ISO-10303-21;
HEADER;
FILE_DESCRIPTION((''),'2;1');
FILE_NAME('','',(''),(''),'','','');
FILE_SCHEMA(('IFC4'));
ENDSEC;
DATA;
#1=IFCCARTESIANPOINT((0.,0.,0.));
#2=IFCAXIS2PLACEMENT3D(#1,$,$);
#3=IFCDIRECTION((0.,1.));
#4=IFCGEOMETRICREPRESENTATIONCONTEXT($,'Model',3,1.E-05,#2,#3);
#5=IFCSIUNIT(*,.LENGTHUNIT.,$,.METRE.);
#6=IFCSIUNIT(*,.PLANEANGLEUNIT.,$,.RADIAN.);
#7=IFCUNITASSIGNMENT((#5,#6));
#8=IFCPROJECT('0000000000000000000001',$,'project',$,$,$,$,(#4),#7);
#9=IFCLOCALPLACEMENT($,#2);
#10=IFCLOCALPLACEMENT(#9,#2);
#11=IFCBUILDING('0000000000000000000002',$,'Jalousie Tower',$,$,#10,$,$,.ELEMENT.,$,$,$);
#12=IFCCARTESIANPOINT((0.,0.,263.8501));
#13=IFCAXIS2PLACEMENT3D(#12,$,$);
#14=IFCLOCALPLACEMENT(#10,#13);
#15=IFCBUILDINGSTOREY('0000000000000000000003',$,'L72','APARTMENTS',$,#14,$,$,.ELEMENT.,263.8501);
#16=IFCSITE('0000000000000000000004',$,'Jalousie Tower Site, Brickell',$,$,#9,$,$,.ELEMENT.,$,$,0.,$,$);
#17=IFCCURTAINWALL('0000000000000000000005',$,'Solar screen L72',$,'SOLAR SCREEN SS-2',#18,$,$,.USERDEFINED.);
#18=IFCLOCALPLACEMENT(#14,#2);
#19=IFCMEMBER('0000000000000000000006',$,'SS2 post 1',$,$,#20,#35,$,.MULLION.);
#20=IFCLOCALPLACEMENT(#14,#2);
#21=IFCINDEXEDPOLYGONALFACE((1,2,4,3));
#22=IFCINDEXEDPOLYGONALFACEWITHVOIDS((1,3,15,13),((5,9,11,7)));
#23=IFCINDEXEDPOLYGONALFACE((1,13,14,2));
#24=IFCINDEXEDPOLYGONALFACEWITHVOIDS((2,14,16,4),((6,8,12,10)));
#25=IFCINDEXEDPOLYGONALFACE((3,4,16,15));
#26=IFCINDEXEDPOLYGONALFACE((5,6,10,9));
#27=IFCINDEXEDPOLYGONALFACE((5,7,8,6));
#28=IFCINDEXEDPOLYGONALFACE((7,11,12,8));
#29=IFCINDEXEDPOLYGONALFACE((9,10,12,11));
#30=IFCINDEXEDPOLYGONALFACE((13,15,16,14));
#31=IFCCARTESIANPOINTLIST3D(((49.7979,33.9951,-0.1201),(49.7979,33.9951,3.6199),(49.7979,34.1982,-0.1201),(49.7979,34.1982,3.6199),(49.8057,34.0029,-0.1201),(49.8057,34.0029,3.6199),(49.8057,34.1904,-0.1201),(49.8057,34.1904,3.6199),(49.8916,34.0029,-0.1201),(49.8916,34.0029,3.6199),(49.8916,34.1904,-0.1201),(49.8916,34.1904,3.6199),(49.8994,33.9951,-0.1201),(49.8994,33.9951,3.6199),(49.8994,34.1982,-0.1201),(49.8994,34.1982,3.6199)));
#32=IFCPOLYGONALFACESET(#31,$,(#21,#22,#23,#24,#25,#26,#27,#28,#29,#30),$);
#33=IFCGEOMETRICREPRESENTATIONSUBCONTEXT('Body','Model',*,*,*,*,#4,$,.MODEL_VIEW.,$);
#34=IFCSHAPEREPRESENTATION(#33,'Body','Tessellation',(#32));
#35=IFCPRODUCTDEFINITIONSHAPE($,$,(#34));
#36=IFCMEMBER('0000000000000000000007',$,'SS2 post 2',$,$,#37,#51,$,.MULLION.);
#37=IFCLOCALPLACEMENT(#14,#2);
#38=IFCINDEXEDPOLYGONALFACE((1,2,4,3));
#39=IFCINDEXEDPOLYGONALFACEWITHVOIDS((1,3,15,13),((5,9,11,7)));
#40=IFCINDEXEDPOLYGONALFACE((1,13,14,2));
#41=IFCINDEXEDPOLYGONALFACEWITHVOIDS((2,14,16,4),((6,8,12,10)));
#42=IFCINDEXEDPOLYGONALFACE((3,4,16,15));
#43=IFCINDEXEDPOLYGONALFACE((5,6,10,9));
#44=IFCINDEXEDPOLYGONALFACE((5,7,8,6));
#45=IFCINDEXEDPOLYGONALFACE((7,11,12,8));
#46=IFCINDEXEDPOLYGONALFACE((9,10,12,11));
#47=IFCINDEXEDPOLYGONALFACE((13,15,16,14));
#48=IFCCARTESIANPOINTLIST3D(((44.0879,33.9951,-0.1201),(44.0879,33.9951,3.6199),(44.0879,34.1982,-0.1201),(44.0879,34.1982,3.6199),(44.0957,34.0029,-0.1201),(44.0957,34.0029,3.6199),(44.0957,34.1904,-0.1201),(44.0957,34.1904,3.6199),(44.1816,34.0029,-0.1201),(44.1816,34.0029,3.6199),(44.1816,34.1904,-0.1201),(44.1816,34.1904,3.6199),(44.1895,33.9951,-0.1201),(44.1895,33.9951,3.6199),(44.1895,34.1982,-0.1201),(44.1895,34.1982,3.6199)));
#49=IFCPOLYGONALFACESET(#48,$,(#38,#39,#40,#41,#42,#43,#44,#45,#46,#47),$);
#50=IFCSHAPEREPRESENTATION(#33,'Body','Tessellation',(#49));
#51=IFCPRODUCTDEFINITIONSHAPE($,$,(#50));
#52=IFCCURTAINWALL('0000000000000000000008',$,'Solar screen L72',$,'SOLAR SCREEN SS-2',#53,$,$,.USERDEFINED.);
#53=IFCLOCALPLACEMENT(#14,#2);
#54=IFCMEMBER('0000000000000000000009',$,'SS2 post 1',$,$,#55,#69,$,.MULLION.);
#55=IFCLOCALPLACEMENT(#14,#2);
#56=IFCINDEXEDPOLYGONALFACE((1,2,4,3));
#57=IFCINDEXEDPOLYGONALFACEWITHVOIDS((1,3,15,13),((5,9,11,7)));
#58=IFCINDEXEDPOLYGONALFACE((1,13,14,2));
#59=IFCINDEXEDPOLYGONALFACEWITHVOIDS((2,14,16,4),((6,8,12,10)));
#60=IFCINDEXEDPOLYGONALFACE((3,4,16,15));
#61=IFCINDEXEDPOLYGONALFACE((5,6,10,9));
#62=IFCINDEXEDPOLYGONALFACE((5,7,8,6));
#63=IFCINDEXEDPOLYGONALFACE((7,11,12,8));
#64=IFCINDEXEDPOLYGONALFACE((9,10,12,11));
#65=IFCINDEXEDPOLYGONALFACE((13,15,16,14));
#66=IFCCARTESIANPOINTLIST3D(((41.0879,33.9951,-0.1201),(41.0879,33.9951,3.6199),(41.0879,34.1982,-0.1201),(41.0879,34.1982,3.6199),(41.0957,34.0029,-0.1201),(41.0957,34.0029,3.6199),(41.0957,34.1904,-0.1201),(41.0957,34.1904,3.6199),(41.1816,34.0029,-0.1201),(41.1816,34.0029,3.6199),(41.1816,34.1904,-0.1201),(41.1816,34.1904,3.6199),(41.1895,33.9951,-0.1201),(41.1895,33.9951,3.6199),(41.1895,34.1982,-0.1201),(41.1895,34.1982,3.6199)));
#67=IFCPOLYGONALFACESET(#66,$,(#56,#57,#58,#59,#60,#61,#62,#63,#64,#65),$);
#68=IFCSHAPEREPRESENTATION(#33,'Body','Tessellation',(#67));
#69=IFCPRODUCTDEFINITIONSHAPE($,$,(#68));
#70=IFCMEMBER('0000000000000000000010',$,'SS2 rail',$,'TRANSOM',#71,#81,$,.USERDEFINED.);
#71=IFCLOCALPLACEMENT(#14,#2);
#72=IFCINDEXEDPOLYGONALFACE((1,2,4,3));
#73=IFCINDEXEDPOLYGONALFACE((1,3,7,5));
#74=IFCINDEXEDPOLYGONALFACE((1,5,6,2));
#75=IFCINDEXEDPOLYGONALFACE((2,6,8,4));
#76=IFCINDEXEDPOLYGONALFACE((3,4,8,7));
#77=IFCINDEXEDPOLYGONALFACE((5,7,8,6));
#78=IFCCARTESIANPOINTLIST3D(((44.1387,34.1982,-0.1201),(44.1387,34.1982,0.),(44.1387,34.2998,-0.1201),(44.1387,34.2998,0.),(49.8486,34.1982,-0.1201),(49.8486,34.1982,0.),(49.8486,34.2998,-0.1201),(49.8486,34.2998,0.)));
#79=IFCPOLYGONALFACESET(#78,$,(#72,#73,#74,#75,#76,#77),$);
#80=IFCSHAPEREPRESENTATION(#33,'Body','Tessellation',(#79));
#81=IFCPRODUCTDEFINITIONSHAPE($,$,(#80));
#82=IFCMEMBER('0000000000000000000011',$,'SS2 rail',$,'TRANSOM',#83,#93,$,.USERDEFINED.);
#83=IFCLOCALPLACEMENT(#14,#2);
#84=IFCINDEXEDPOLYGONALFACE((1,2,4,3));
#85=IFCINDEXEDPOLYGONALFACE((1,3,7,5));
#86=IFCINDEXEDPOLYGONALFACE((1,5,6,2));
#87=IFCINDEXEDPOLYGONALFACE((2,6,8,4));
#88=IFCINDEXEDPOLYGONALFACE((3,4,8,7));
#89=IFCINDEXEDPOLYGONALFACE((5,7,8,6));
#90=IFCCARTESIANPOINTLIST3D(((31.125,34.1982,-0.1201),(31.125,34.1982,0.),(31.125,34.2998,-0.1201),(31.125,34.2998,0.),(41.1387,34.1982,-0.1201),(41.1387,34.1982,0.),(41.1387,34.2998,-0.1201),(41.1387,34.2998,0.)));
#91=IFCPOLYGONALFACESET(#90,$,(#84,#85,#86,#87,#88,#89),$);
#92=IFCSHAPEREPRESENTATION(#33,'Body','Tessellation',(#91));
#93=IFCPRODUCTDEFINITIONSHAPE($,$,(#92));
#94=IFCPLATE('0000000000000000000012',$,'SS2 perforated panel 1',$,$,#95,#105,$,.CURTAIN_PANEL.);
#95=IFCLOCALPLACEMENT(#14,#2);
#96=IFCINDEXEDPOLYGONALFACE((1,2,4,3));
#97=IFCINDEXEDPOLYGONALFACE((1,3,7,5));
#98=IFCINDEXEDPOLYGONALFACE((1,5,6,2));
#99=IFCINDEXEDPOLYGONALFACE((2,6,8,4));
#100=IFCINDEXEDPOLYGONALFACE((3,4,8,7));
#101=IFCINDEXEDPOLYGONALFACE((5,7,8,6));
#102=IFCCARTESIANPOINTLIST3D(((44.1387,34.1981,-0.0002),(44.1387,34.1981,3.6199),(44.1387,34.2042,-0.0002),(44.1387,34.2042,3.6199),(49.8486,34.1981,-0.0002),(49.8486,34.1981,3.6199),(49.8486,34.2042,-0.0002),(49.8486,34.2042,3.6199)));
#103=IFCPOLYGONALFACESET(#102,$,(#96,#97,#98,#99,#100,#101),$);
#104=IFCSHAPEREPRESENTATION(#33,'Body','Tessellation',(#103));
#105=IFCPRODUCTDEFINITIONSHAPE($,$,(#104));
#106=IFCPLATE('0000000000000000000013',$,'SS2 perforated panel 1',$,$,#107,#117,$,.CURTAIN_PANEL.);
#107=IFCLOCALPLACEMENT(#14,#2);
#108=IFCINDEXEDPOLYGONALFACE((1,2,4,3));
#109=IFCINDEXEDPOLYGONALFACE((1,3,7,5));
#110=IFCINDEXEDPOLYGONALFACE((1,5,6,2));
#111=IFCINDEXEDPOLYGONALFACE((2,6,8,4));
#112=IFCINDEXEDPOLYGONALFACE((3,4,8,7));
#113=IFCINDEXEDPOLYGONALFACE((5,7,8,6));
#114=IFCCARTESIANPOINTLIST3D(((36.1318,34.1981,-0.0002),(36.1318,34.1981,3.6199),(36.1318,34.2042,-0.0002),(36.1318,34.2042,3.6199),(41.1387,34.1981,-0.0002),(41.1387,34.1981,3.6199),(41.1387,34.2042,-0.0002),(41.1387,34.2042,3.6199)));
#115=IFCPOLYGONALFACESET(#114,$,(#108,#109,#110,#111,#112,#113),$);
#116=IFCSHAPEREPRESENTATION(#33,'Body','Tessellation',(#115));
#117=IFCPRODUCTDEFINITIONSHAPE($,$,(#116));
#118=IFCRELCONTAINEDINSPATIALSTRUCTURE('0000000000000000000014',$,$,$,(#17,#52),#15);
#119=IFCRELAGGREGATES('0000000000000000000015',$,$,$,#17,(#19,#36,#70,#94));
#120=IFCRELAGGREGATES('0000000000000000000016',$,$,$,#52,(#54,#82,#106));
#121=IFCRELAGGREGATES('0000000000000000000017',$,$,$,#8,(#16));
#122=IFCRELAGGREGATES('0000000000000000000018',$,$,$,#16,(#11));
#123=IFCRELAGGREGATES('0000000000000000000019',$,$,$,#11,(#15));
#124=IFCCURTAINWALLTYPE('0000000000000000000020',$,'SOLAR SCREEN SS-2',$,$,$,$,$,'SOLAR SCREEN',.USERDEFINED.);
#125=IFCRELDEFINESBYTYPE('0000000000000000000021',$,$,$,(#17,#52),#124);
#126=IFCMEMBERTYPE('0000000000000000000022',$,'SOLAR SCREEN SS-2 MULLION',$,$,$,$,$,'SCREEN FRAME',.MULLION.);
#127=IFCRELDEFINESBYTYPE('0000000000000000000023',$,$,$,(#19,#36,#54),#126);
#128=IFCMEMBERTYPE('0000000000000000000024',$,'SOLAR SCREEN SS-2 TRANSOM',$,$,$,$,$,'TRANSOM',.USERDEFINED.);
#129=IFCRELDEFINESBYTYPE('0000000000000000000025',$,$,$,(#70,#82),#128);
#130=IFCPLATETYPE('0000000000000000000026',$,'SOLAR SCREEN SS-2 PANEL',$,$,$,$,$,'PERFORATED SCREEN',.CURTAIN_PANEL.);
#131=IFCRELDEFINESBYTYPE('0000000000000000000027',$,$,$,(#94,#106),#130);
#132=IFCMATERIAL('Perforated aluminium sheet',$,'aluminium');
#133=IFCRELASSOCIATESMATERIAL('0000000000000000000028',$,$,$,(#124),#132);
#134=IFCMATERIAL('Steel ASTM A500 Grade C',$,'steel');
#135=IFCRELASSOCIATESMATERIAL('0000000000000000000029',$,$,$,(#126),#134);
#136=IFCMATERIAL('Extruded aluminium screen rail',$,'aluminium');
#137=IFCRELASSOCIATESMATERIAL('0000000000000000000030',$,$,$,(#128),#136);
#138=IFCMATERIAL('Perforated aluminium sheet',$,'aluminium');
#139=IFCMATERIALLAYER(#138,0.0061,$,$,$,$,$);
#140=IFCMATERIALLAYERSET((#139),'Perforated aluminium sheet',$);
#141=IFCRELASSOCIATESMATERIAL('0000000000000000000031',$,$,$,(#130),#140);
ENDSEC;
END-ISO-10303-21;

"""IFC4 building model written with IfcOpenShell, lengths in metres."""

from ifc_helpers import new_model, si_unit, direction, frame, origin, origin_2d, place, context, subcontext, project, spatial, rectangle, hollow_rectangle, extrude, material, layer, layer_set, material_profile, profile_set, type_object, element, aggregate, save


model = new_model("IFC4")

# Units and contexts
model_context = context("Model", 3, precision=1e-05, world=origin(), true_north=direction((0.0, 1.0)))
body_context = subcontext(model_context, "Body", "Model", "MODEL_VIEW")
ifc_project = project(units=[si_unit("LENGTHUNIT", "METRE"), si_unit("PLANEANGLEUNIT", "RADIAN")], contexts=[model_context])

# Site, building, storey
site_placement = place(None, origin())
site = spatial("IfcSite", under=ifc_project, at=site_placement, Name="Jalousie Tower Site, Brickell", CompositionType="ELEMENT", RefElevation=0.0)
building_placement = place(site_placement, origin())
building = spatial("IfcBuilding", under=site, at=building_placement, Name="Jalousie Tower", CompositionType="ELEMENT")
storey_placement = place(building_placement, frame((0.0, 0.0, 263.8501)))
storey = spatial("IfcBuildingStorey", under=building, at=storey_placement, Name="L72", Description="APARTMENTS", CompositionType="ELEMENT", Elevation=263.8501)

# Curtain wall, members
ifc_material_1 = material(Name="Perforated aluminium sheet", Category="aluminium")
curtain_wall_type_1 = type_object("IfcCurtainWallType", Name="SOLAR SCREEN SS-2", ElementType="SOLAR SCREEN", PredefinedType="USERDEFINED", material=ifc_material_1)
curtain_wall_1_placement = place(storey_placement, origin())
curtain_wall_1 = element("IfcCurtainWall", 1, at=curtain_wall_1_placement, inside=storey, type_object=curtain_wall_type_1, Name="Solar screen L72", ObjectType="SOLAR SCREEN SS-2", PredefinedType="USERDEFINED")
ifc_material_2 = material(Name="Steel ASTM A500 Grade C", Category="steel")
ifc_material_profile_1 = material_profile(ifc_material_2, hollow_rectangle(XDim=0.1016, YDim=0.2031, WallThickness=0.0078, at=origin_2d()), Name="HSS8X4X5/16")
ifc_profile_set_1 = profile_set([ifc_material_profile_1], Name="Steel ASTM A500 Grade C")
member_type_1 = type_object("IfcMemberType", Name="SOLAR SCREEN SS-2 MULLION", ElementType="SCREEN FRAME", PredefinedType="MULLION", material=ifc_profile_set_1)
member_1_placement = place(storey_placement, frame((49.8486, 34.0967, -0.1201), z_axis=(0.0, 0.0, 1.0), x_axis=(-1.0, 0.0, 0.0)))
member_1 = element("IfcMember", 2, at=member_1_placement, type_object=member_type_1, Name="SS2 post 1", PredefinedType="MULLION", context=body_context, shape_type="SweptSolid", body=[
    extrude(hollow_rectangle(XDim=0.1016, YDim=0.2031, WallThickness=0.0078, at=origin_2d()), origin(), (0.0, 0.0, 1.0), 3.74),
])
member_2_placement = place(storey_placement, frame((44.1387, 34.0967, -0.1201), z_axis=(0.0, 0.0, 1.0), x_axis=(-1.0, 0.0, 0.0)))
member_2 = element("IfcMember", 3, at=member_2_placement, type_object=member_type_1, Name="SS2 post 2", PredefinedType="MULLION", context=body_context, shape_type="SweptSolid", body=[
    extrude(hollow_rectangle(XDim=0.1016, YDim=0.2031, WallThickness=0.0078, at=origin_2d()), origin(), (0.0, 0.0, 1.0), 3.74),
])

# Curtain wall, member
curtain_wall_2_placement = place(storey_placement, origin())
curtain_wall_2 = element("IfcCurtainWall", 4, at=curtain_wall_2_placement, inside=storey, type_object=curtain_wall_type_1, Name="Solar screen L72", ObjectType="SOLAR SCREEN SS-2", PredefinedType="USERDEFINED")
member_3_placement = place(storey_placement, frame((41.1387, 34.0967, -0.1201), z_axis=(0.0, 0.0, 1.0), x_axis=(-1.0, 0.0, 0.0)))
member_3 = element("IfcMember", 5, at=member_3_placement, type_object=member_type_1, Name="SS2 post 1", PredefinedType="MULLION", context=body_context, shape_type="SweptSolid", body=[
    extrude(hollow_rectangle(XDim=0.1016, YDim=0.2031, WallThickness=0.0078, at=origin_2d()), origin(), (0.0, 0.0, 1.0), 3.74),
])

# Members
ifc_material_3 = material(Name="Extruded aluminium screen rail", Category="aluminium")
ifc_material_profile_2 = material_profile(ifc_material_3, rectangle(XDim=0.1016, YDim=0.1201, at=origin_2d()), Name="RAIL 102x120")
ifc_profile_set_2 = profile_set([ifc_material_profile_2], Name="Extruded aluminium screen rail")
member_type_2 = type_object("IfcMemberType", Name="SOLAR SCREEN SS-2 TRANSOM", ElementType="TRANSOM", PredefinedType="USERDEFINED", material=ifc_profile_set_2)
member_4_placement = place(storey_placement, frame((49.8486, 34.249, -0.0601), z_axis=(-1.0, 0.0, 0.0), x_axis=(0.0, -1.0, 0.0)))
member_4 = element("IfcMember", 6, at=member_4_placement, type_object=member_type_2, Name="SS2 rail", ObjectType="TRANSOM", PredefinedType="USERDEFINED", context=body_context, shape_type="SweptSolid", body=[
    extrude(rectangle(XDim=0.1016, YDim=0.1201, at=origin_2d()), origin(), (0.0, 0.0, 1.0), 5.71),
])
member_5_placement = place(storey_placement, frame((41.1387, 34.249, -0.0601), z_axis=(-1.0, 0.0, 0.0), x_axis=(0.0, -1.0, 0.0)))
member_5 = element("IfcMember", 7, at=member_5_placement, type_object=member_type_2, Name="SS2 rail", ObjectType="TRANSOM", PredefinedType="USERDEFINED", context=body_context, shape_type="SweptSolid", body=[
    extrude(rectangle(XDim=0.1016, YDim=0.1201, at=origin_2d()), origin(), (0.0, 0.0, 1.0), 10.0137),
])

# Plates
ifc_material_4 = material(Name="Perforated aluminium sheet", Category="aluminium")
ifc_layer_1 = layer(ifc_material_4, 0.0061)
ifc_layer_set_1 = layer_set([ifc_layer_1], Name="Perforated aluminium sheet")
plate_type = type_object("IfcPlateType", Name="SOLAR SCREEN SS-2 PANEL", ElementType="PERFORATED SCREEN", PredefinedType="CURTAIN_PANEL", material=ifc_layer_set_1)
plate_1_placement = place(storey_placement, frame((46.9937, 34.2012, -0.0002), z_axis=(0.0, 0.0, 1.0), x_axis=(-1.0, 0.0, 0.0)))
plate_1 = element("IfcPlate", 8, at=plate_1_placement, type_object=plate_type, Name="SS2 perforated panel 1", PredefinedType="CURTAIN_PANEL", context=body_context, shape_type="SweptSolid", body=[
    extrude(rectangle(XDim=5.71, YDim=0.0061, at=origin_2d()), origin(), (0.0, 0.0, 1.0), 3.6201),
])
aggregate(curtain_wall_1, [member_1, member_2, member_4, plate_1])
plate_2_placement = place(storey_placement, frame((38.6353, 34.2012, -0.0002), z_axis=(0.0, 0.0, 1.0), x_axis=(-1.0, 0.0, 0.0)))
plate_2 = element("IfcPlate", 9, at=plate_2_placement, type_object=plate_type, Name="SS2 perforated panel 1", PredefinedType="CURTAIN_PANEL", context=body_context, shape_type="SweptSolid", body=[
    extrude(rectangle(XDim=5.0068, YDim=0.0061, at=origin_2d()), origin(), (0.0, 0.0, 1.0), 3.6201),
])
aggregate(curtain_wall_2, [member_3, member_5, plate_2])

save(model, "model.ifc")
